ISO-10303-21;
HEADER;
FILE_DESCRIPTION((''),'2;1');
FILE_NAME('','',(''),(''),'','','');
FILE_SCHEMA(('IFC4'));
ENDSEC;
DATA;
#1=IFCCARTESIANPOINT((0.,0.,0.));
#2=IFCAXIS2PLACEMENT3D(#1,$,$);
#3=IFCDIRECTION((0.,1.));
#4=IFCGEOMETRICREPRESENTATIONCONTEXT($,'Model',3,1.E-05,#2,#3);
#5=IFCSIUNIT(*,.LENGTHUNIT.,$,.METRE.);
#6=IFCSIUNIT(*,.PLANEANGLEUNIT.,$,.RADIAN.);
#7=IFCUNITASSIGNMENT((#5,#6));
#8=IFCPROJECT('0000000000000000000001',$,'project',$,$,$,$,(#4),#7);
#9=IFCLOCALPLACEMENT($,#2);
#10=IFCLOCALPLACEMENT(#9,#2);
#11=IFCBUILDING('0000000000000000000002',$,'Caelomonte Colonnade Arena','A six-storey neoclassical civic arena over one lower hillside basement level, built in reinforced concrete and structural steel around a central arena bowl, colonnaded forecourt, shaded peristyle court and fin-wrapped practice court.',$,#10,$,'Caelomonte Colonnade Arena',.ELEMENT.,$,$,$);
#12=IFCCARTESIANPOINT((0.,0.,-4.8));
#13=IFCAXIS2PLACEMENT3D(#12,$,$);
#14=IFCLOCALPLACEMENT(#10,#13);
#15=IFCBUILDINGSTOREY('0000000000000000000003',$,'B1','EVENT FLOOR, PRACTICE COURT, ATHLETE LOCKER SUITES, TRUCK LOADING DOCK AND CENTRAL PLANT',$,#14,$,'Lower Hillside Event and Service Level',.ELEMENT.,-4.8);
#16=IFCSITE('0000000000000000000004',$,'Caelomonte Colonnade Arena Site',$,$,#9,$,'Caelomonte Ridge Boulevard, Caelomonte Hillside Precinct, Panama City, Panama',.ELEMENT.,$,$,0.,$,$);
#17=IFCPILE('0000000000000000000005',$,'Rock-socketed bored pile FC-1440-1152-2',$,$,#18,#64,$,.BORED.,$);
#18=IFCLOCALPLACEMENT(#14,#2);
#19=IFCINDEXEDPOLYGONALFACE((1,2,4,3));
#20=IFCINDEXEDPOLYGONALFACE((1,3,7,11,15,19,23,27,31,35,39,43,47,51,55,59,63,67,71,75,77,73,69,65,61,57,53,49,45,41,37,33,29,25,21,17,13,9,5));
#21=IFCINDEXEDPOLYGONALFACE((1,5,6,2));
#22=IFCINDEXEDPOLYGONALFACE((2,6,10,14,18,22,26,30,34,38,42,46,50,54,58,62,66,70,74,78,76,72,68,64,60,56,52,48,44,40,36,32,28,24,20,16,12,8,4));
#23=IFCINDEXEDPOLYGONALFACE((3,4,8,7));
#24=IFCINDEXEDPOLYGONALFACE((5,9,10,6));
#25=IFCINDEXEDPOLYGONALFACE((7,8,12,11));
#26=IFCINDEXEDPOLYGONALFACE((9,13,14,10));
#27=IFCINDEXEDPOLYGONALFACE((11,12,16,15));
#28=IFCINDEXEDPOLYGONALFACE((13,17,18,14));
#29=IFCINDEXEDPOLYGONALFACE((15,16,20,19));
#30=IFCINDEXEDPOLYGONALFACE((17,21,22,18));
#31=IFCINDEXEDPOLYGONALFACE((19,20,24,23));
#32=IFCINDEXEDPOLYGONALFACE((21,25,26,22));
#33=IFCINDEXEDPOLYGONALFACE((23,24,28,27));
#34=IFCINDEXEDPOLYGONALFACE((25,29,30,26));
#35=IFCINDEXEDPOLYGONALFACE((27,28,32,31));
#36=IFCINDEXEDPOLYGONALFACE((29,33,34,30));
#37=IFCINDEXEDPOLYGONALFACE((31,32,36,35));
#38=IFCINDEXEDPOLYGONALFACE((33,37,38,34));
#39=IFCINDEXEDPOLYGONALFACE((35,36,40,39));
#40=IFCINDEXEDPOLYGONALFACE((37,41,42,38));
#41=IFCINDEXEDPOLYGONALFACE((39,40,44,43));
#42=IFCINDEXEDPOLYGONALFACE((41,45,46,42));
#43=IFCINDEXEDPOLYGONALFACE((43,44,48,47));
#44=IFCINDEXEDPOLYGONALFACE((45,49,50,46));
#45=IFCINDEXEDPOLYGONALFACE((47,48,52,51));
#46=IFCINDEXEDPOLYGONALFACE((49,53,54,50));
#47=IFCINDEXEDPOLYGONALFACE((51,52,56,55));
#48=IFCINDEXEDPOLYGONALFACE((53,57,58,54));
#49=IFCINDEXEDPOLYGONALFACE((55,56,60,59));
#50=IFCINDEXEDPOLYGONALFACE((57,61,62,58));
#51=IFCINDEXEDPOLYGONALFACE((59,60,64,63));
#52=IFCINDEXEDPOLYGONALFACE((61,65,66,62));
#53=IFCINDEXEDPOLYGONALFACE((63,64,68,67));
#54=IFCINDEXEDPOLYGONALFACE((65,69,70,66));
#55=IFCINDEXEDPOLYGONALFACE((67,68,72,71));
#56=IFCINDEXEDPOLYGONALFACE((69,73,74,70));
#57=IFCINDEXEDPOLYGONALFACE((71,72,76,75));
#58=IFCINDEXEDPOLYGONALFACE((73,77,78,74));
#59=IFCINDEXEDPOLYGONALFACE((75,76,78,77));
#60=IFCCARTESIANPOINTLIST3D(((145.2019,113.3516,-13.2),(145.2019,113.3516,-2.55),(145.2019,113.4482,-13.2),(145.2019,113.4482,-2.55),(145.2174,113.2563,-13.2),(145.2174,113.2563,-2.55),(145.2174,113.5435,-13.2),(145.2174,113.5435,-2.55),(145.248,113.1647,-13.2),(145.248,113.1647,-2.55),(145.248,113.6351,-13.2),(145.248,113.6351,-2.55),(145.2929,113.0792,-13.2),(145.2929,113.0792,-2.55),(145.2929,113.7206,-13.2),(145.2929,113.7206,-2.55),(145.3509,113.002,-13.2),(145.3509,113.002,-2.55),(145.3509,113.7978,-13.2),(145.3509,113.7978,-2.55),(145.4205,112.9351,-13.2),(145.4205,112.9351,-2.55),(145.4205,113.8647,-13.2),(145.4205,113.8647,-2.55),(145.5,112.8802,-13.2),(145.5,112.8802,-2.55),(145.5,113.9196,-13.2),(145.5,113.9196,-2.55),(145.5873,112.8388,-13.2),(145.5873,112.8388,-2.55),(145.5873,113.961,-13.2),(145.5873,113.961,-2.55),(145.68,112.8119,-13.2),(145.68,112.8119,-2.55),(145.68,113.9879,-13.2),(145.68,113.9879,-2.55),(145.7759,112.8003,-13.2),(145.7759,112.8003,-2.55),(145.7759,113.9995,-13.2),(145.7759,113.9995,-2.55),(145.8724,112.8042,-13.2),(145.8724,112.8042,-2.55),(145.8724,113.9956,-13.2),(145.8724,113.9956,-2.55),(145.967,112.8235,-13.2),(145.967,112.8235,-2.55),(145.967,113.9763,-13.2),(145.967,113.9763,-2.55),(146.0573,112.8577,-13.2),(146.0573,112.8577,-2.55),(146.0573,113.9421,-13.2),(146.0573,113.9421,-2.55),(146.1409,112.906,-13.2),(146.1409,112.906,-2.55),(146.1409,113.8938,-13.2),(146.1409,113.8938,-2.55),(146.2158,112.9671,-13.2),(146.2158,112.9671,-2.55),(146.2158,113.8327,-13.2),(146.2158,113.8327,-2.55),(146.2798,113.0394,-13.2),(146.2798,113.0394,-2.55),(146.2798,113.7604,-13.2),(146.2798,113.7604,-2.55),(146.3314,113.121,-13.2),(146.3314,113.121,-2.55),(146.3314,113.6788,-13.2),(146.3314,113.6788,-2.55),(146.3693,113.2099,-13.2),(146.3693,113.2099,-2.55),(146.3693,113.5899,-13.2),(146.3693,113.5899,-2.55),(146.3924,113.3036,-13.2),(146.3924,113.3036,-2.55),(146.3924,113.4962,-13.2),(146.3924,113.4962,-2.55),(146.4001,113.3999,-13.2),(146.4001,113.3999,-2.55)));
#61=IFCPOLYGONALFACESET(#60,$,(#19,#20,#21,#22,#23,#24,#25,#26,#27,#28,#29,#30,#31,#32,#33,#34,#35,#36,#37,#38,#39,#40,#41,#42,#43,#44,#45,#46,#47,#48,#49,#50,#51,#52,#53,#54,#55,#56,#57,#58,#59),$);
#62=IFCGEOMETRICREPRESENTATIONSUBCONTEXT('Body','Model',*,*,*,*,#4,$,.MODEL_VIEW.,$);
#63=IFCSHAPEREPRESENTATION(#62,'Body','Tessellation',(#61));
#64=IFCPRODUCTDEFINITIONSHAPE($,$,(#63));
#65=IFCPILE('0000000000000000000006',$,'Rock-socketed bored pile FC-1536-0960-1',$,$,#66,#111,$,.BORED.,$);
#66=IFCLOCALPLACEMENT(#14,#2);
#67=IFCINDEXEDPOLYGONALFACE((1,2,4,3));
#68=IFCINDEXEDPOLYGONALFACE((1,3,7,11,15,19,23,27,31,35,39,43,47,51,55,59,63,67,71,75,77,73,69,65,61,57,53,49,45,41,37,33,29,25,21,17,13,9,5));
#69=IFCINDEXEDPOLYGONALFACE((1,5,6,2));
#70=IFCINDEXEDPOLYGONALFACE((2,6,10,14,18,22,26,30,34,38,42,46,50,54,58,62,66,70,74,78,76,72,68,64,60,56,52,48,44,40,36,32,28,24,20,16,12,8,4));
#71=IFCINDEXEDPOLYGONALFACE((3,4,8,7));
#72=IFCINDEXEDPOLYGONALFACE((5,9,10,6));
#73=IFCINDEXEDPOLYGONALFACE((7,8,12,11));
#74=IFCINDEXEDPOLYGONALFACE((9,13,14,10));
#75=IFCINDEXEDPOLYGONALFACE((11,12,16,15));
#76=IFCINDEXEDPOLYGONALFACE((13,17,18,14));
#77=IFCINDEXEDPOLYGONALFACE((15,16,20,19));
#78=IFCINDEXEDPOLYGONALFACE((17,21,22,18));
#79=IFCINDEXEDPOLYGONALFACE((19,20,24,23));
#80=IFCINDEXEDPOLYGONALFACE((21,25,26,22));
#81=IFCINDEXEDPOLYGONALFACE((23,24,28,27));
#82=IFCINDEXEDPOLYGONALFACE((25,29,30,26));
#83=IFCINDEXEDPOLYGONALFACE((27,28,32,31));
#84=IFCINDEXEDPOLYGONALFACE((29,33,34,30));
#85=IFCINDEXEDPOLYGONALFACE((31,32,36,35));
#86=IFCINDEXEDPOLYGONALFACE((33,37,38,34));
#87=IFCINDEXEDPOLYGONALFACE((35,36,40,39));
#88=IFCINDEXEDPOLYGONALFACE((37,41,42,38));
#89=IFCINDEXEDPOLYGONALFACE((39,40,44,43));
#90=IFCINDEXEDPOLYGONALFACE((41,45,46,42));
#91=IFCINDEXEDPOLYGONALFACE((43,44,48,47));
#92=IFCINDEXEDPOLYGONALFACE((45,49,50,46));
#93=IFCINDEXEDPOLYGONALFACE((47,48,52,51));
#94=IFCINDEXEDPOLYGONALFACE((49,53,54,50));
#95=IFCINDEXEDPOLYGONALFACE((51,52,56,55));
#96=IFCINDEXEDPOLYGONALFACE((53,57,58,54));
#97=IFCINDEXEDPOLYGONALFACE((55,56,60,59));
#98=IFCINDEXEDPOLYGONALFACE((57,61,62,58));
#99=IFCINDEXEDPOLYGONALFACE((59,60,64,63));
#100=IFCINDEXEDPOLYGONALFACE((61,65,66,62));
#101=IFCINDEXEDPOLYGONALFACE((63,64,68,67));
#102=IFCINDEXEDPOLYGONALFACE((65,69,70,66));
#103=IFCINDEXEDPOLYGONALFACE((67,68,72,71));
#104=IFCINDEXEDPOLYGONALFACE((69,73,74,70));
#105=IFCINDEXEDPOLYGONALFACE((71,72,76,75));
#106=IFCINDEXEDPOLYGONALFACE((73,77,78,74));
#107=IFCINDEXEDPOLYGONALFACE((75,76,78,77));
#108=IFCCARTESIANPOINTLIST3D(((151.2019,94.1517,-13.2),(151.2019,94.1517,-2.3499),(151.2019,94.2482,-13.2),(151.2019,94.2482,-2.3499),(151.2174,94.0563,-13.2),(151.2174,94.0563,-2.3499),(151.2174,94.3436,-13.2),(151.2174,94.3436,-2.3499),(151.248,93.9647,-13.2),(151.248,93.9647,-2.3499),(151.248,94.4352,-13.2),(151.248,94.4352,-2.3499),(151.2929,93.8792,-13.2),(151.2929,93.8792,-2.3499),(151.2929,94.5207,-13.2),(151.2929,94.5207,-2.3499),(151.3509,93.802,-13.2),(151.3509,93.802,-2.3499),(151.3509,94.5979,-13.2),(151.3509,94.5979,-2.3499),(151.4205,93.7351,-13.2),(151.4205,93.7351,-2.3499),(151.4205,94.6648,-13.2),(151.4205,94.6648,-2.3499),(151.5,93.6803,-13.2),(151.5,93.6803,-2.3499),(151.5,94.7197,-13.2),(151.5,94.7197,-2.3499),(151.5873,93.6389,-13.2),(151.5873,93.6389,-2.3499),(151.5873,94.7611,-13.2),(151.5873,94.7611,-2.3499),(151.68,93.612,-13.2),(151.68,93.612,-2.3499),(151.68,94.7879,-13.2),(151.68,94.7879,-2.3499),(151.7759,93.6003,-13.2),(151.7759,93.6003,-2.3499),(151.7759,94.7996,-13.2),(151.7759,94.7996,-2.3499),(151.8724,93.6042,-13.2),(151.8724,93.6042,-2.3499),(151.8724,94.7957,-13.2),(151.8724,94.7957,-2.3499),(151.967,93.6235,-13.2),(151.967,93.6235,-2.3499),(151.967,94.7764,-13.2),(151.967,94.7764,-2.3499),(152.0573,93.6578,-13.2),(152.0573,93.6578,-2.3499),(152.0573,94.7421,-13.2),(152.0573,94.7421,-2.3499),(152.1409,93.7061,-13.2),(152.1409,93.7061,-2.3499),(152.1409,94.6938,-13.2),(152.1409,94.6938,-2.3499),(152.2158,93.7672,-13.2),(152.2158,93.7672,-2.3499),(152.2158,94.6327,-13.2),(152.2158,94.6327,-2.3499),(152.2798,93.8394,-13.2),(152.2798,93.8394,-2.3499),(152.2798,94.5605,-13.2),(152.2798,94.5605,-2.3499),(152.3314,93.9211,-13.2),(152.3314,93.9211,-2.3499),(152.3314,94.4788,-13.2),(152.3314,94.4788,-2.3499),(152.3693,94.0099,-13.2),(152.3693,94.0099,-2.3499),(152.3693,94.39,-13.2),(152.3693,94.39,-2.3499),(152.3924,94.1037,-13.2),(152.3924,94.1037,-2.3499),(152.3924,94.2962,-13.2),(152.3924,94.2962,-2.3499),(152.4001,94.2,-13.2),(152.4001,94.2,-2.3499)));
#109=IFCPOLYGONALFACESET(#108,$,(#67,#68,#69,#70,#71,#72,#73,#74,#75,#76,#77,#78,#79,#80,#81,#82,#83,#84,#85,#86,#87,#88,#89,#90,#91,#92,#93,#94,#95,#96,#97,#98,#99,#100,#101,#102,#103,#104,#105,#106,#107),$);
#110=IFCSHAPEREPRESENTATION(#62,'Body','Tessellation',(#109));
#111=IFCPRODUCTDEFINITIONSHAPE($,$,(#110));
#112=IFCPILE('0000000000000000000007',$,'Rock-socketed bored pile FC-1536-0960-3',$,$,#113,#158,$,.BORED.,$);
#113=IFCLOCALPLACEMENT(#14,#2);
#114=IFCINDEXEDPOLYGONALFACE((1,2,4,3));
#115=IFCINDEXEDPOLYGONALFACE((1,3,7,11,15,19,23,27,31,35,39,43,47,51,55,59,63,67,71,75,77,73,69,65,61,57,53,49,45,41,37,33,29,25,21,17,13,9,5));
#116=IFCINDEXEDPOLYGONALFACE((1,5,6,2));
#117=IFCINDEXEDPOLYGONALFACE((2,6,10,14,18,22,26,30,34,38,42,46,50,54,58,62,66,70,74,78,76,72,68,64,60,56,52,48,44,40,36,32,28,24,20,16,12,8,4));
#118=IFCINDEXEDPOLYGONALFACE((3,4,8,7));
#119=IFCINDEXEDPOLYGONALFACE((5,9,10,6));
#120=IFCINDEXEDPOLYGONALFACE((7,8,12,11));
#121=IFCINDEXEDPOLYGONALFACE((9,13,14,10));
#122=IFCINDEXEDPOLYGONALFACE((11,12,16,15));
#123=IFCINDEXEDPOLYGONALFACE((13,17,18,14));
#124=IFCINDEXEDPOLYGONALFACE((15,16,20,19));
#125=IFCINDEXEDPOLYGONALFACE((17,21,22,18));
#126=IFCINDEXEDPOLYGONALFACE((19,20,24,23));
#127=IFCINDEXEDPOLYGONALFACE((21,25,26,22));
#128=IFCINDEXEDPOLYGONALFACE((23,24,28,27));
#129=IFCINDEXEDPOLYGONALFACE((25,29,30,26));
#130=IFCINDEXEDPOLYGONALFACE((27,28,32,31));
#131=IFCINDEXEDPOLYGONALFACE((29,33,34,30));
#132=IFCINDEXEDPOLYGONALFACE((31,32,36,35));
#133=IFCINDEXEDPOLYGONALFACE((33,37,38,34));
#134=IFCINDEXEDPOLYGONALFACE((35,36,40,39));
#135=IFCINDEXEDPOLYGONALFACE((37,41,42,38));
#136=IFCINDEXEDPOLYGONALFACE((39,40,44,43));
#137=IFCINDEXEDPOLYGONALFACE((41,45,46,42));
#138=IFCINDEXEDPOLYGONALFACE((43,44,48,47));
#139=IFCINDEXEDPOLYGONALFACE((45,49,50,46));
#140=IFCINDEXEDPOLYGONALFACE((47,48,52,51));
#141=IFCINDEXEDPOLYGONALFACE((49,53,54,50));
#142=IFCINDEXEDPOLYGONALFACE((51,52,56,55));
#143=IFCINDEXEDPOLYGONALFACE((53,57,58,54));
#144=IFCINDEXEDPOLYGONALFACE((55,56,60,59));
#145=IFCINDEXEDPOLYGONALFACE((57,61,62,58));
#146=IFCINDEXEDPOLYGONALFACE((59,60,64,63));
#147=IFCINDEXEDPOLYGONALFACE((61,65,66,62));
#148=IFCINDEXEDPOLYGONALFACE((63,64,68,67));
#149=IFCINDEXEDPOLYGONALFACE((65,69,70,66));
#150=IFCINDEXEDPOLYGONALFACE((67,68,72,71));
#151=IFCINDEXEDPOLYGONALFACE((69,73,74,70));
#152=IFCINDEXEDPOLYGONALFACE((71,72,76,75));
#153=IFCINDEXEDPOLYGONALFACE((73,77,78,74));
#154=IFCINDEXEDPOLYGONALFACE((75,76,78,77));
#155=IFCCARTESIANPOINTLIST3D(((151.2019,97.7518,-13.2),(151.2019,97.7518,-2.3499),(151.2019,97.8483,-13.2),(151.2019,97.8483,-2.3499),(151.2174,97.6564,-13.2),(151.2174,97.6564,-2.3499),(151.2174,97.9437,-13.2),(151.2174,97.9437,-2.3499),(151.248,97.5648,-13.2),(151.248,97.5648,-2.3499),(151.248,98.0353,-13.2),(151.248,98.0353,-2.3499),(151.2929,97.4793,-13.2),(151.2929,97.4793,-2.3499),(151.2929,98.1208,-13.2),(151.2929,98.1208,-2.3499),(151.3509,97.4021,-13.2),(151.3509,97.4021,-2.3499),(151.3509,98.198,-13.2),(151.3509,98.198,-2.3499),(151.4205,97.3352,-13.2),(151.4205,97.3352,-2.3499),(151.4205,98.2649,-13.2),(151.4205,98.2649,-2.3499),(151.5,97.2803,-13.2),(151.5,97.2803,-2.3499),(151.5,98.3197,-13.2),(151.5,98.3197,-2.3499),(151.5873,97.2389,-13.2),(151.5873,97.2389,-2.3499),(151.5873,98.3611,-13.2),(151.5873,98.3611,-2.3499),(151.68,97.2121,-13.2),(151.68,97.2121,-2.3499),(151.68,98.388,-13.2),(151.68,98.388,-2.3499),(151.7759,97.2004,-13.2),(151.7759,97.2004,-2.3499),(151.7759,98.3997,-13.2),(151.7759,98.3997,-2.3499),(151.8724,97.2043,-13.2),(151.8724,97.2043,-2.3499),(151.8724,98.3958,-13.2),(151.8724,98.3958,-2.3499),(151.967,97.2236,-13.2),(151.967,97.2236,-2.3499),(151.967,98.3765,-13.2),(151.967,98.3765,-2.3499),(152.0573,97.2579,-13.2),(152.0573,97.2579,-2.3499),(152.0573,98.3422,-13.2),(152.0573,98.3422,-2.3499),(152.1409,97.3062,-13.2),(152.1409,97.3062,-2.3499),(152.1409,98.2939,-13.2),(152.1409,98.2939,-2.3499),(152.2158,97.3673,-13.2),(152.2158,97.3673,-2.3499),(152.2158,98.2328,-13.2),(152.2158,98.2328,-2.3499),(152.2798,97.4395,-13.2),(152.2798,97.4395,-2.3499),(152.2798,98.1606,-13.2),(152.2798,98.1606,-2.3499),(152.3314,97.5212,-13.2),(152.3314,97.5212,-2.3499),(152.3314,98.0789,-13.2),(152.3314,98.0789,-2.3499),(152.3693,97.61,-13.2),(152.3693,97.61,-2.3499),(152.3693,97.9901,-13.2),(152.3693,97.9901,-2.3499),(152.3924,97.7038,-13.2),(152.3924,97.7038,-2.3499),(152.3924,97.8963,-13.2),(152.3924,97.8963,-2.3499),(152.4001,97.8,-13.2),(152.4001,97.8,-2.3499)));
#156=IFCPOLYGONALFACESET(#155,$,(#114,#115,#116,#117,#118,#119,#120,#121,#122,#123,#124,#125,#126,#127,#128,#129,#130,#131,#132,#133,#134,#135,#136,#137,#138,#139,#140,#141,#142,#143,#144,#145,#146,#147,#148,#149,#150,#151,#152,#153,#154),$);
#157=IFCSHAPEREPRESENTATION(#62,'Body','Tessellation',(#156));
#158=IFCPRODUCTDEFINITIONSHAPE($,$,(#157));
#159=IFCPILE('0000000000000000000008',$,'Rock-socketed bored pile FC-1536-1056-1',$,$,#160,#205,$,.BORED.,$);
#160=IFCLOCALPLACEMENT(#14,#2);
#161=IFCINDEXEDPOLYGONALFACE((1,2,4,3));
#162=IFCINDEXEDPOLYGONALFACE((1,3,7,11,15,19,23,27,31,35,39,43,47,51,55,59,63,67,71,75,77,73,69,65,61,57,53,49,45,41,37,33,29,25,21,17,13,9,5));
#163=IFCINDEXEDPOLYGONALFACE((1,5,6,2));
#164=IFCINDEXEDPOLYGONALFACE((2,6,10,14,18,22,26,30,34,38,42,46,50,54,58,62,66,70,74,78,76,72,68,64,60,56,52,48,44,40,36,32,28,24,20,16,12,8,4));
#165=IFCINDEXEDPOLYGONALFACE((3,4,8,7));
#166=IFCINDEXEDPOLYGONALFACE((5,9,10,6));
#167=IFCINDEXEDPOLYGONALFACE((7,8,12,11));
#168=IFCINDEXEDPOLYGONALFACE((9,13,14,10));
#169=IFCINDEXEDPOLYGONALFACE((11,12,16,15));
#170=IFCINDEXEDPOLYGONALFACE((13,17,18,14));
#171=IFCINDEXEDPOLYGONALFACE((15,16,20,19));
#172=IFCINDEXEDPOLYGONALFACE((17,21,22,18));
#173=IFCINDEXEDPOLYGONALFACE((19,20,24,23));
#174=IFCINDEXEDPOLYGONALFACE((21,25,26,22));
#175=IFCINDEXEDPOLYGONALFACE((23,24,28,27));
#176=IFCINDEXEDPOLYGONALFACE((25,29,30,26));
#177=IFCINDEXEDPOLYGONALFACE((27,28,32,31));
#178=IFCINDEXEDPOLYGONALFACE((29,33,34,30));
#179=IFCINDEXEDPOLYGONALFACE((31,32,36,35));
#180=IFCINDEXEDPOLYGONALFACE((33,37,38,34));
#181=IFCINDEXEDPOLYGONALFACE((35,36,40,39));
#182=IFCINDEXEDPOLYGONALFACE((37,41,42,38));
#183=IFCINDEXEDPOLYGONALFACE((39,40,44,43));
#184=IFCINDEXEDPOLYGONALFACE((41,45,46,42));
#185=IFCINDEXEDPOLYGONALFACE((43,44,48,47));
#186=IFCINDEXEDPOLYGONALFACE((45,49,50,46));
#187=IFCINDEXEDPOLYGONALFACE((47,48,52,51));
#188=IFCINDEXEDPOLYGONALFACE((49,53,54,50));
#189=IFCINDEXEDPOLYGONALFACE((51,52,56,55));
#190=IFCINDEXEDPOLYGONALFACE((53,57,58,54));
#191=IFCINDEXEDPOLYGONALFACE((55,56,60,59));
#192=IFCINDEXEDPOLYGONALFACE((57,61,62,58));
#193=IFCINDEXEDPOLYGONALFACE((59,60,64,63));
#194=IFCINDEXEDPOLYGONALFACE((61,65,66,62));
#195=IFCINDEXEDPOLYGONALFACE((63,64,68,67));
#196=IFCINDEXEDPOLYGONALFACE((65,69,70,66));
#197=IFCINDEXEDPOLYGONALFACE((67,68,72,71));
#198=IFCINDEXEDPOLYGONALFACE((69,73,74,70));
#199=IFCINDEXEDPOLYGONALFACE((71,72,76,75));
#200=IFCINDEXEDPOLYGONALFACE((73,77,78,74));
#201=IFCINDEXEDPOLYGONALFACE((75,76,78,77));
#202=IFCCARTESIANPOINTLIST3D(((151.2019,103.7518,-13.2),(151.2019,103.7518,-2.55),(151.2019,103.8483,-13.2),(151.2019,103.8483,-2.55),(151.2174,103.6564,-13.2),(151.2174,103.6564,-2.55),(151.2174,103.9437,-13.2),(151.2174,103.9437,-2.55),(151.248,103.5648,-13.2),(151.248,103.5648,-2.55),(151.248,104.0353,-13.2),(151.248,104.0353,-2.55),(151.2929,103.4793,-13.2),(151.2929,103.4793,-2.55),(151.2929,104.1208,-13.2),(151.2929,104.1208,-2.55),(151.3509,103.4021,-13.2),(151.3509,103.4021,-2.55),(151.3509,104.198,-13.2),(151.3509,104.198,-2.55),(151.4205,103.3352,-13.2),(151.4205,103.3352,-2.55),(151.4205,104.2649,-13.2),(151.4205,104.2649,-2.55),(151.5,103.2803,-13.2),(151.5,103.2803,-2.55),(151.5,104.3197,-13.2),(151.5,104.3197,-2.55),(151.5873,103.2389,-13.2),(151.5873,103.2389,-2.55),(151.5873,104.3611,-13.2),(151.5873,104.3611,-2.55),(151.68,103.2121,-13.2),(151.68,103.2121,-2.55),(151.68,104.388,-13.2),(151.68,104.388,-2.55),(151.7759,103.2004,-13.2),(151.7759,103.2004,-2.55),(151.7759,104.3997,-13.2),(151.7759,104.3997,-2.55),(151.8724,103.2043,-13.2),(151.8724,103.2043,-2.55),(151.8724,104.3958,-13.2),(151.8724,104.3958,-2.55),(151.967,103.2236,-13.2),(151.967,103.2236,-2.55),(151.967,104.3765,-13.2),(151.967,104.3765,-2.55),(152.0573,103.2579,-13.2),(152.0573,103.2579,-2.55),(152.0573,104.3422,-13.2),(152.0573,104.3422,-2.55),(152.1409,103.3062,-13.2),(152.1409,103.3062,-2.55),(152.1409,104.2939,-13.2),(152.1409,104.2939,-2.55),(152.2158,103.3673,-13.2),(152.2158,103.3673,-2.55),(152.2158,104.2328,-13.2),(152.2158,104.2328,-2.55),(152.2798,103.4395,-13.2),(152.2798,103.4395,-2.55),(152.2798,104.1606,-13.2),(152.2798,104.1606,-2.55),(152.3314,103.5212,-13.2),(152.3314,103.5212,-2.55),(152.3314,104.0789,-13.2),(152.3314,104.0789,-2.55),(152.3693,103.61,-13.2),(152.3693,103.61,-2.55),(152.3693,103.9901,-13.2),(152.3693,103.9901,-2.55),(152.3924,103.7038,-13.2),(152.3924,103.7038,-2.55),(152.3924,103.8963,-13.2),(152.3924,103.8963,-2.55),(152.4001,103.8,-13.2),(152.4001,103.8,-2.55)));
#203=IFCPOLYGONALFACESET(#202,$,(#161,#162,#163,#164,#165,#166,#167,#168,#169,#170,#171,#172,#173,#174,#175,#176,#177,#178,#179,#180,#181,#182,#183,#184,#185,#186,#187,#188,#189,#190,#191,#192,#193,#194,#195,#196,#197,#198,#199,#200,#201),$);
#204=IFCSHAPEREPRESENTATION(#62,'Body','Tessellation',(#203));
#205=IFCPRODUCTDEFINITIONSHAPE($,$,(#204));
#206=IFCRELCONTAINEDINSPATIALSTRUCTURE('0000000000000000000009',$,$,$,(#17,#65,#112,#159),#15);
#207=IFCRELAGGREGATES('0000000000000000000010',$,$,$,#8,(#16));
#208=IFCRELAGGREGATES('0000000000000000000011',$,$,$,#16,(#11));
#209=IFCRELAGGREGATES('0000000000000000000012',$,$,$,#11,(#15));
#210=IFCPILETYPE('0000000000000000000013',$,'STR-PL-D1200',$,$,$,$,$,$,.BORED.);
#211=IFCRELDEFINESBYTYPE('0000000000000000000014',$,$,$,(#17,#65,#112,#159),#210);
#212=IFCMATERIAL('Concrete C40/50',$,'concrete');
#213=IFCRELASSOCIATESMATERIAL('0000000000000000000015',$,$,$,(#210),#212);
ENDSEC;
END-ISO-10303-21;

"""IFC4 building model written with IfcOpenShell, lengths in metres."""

from ifc_helpers import new_model, si_unit, direction, frame, origin, origin_2d, place, context, subcontext, project, spatial, circle, extrude, material, material_profile, profile_set, type_object, element, save


model = new_model("IFC4")

# Units and contexts
model_context = context("Model", 3, precision=1e-05, world=origin(), true_north=direction((0.0, 1.0)))
body_context = subcontext(model_context, "Body", "Model", "MODEL_VIEW")
ifc_project = project(units=[si_unit("LENGTHUNIT", "METRE"), si_unit("PLANEANGLEUNIT", "RADIAN")], contexts=[model_context])

# Site, building, storey
site_placement = place(None, origin())
site = spatial("IfcSite", under=ifc_project, at=site_placement, Name="Caelomonte Colonnade Arena Site", LongName="Caelomonte Ridge Boulevard, Caelomonte Hillside Precinct, Panama City, Panama", CompositionType="ELEMENT", RefElevation=0.0)
building_placement = place(site_placement, origin())
building = spatial("IfcBuilding", under=site, at=building_placement, Name="Caelomonte Colonnade Arena", Description="A six-storey neoclassical civic arena over one lower hillside basement level, built in reinforced concrete and structural steel around a central arena bowl, colonnaded forecourt, shaded peristyle court and fin-wrapped practice court.", LongName="Caelomonte Colonnade Arena", CompositionType="ELEMENT")
storey_placement = place(building_placement, frame((0.0, 0.0, -4.8)))
storey = spatial("IfcBuildingStorey", under=building, at=storey_placement, Name="B1", Description="EVENT FLOOR, PRACTICE COURT, ATHLETE LOCKER SUITES, TRUCK LOADING DOCK AND CENTRAL PLANT", LongName="Lower Hillside Event and Service Level", CompositionType="ELEMENT", Elevation=-4.8)

# Shared definitions
ifc_material_1 = material(Name="Concrete C40/50", Category="concrete")

# Piles
ifc_material_profile_1 = material_profile(ifc_material_1, circle(Radius=0.6001, at=origin_2d()), Name="PILE-D1200")
ifc_profile_set_1 = profile_set([ifc_material_profile_1], Name="Concrete C40/50")
pile_type_1 = type_object("IfcPileType", Name="STR-PL-D1200", PredefinedType="BORED", material=ifc_profile_set_1)
for number, where, z_axis, x_axis, name in (
    (1, (145.8, 113.3999, -2.55), (0.0, 0.0, -1.0), (1.0, 0.0, 0.0), "Rock-socketed bored pile FC-1440-1152-2"),
):
    element("IfcPile", number, at=place(storey_placement, frame(where, z_axis=z_axis, x_axis=x_axis)), inside=storey, type_object=pile_type_1, Name=name, PredefinedType="BORED", context=body_context, shape_type="SweptSolid", body=[
        extrude(circle(Radius=0.6001, at=origin_2d()), origin(), (0.0, 0.0, 1.0), 10.6499),
    ])
for number, where, z_axis, x_axis, name in (
    (2, (151.8, 94.2, -2.3499), (0.0, 0.0, -1.0), (1.0, 0.0, 0.0), "Rock-socketed bored pile FC-1536-0960-1"),
    (3, (151.8, 97.8, -2.3499), (0.0, 0.0, -1.0), (1.0, 0.0, 0.0), "Rock-socketed bored pile FC-1536-0960-3"),
):
    element("IfcPile", number, at=place(storey_placement, frame(where, z_axis=z_axis, x_axis=x_axis)), inside=storey, type_object=pile_type_1, Name=name, PredefinedType="BORED", context=body_context, shape_type="SweptSolid", body=[
        extrude(circle(Radius=0.6001, at=origin_2d()), origin(), (0.0, 0.0, 1.0), 10.8501),
    ])
for number, where, z_axis, x_axis, name in (
    (4, (151.8, 103.8, -2.55), (0.0, 0.0, -1.0), (1.0, 0.0, 0.0), "Rock-socketed bored pile FC-1536-1056-1"),
):
    element("IfcPile", number, at=place(storey_placement, frame(where, z_axis=z_axis, x_axis=x_axis)), inside=storey, type_object=pile_type_1, Name=name, PredefinedType="BORED", context=body_context, shape_type="SweptSolid", body=[
        extrude(circle(Radius=0.6001, at=origin_2d()), origin(), (0.0, 0.0, 1.0), 10.6499),
    ])

save(model, "model.ifc")
